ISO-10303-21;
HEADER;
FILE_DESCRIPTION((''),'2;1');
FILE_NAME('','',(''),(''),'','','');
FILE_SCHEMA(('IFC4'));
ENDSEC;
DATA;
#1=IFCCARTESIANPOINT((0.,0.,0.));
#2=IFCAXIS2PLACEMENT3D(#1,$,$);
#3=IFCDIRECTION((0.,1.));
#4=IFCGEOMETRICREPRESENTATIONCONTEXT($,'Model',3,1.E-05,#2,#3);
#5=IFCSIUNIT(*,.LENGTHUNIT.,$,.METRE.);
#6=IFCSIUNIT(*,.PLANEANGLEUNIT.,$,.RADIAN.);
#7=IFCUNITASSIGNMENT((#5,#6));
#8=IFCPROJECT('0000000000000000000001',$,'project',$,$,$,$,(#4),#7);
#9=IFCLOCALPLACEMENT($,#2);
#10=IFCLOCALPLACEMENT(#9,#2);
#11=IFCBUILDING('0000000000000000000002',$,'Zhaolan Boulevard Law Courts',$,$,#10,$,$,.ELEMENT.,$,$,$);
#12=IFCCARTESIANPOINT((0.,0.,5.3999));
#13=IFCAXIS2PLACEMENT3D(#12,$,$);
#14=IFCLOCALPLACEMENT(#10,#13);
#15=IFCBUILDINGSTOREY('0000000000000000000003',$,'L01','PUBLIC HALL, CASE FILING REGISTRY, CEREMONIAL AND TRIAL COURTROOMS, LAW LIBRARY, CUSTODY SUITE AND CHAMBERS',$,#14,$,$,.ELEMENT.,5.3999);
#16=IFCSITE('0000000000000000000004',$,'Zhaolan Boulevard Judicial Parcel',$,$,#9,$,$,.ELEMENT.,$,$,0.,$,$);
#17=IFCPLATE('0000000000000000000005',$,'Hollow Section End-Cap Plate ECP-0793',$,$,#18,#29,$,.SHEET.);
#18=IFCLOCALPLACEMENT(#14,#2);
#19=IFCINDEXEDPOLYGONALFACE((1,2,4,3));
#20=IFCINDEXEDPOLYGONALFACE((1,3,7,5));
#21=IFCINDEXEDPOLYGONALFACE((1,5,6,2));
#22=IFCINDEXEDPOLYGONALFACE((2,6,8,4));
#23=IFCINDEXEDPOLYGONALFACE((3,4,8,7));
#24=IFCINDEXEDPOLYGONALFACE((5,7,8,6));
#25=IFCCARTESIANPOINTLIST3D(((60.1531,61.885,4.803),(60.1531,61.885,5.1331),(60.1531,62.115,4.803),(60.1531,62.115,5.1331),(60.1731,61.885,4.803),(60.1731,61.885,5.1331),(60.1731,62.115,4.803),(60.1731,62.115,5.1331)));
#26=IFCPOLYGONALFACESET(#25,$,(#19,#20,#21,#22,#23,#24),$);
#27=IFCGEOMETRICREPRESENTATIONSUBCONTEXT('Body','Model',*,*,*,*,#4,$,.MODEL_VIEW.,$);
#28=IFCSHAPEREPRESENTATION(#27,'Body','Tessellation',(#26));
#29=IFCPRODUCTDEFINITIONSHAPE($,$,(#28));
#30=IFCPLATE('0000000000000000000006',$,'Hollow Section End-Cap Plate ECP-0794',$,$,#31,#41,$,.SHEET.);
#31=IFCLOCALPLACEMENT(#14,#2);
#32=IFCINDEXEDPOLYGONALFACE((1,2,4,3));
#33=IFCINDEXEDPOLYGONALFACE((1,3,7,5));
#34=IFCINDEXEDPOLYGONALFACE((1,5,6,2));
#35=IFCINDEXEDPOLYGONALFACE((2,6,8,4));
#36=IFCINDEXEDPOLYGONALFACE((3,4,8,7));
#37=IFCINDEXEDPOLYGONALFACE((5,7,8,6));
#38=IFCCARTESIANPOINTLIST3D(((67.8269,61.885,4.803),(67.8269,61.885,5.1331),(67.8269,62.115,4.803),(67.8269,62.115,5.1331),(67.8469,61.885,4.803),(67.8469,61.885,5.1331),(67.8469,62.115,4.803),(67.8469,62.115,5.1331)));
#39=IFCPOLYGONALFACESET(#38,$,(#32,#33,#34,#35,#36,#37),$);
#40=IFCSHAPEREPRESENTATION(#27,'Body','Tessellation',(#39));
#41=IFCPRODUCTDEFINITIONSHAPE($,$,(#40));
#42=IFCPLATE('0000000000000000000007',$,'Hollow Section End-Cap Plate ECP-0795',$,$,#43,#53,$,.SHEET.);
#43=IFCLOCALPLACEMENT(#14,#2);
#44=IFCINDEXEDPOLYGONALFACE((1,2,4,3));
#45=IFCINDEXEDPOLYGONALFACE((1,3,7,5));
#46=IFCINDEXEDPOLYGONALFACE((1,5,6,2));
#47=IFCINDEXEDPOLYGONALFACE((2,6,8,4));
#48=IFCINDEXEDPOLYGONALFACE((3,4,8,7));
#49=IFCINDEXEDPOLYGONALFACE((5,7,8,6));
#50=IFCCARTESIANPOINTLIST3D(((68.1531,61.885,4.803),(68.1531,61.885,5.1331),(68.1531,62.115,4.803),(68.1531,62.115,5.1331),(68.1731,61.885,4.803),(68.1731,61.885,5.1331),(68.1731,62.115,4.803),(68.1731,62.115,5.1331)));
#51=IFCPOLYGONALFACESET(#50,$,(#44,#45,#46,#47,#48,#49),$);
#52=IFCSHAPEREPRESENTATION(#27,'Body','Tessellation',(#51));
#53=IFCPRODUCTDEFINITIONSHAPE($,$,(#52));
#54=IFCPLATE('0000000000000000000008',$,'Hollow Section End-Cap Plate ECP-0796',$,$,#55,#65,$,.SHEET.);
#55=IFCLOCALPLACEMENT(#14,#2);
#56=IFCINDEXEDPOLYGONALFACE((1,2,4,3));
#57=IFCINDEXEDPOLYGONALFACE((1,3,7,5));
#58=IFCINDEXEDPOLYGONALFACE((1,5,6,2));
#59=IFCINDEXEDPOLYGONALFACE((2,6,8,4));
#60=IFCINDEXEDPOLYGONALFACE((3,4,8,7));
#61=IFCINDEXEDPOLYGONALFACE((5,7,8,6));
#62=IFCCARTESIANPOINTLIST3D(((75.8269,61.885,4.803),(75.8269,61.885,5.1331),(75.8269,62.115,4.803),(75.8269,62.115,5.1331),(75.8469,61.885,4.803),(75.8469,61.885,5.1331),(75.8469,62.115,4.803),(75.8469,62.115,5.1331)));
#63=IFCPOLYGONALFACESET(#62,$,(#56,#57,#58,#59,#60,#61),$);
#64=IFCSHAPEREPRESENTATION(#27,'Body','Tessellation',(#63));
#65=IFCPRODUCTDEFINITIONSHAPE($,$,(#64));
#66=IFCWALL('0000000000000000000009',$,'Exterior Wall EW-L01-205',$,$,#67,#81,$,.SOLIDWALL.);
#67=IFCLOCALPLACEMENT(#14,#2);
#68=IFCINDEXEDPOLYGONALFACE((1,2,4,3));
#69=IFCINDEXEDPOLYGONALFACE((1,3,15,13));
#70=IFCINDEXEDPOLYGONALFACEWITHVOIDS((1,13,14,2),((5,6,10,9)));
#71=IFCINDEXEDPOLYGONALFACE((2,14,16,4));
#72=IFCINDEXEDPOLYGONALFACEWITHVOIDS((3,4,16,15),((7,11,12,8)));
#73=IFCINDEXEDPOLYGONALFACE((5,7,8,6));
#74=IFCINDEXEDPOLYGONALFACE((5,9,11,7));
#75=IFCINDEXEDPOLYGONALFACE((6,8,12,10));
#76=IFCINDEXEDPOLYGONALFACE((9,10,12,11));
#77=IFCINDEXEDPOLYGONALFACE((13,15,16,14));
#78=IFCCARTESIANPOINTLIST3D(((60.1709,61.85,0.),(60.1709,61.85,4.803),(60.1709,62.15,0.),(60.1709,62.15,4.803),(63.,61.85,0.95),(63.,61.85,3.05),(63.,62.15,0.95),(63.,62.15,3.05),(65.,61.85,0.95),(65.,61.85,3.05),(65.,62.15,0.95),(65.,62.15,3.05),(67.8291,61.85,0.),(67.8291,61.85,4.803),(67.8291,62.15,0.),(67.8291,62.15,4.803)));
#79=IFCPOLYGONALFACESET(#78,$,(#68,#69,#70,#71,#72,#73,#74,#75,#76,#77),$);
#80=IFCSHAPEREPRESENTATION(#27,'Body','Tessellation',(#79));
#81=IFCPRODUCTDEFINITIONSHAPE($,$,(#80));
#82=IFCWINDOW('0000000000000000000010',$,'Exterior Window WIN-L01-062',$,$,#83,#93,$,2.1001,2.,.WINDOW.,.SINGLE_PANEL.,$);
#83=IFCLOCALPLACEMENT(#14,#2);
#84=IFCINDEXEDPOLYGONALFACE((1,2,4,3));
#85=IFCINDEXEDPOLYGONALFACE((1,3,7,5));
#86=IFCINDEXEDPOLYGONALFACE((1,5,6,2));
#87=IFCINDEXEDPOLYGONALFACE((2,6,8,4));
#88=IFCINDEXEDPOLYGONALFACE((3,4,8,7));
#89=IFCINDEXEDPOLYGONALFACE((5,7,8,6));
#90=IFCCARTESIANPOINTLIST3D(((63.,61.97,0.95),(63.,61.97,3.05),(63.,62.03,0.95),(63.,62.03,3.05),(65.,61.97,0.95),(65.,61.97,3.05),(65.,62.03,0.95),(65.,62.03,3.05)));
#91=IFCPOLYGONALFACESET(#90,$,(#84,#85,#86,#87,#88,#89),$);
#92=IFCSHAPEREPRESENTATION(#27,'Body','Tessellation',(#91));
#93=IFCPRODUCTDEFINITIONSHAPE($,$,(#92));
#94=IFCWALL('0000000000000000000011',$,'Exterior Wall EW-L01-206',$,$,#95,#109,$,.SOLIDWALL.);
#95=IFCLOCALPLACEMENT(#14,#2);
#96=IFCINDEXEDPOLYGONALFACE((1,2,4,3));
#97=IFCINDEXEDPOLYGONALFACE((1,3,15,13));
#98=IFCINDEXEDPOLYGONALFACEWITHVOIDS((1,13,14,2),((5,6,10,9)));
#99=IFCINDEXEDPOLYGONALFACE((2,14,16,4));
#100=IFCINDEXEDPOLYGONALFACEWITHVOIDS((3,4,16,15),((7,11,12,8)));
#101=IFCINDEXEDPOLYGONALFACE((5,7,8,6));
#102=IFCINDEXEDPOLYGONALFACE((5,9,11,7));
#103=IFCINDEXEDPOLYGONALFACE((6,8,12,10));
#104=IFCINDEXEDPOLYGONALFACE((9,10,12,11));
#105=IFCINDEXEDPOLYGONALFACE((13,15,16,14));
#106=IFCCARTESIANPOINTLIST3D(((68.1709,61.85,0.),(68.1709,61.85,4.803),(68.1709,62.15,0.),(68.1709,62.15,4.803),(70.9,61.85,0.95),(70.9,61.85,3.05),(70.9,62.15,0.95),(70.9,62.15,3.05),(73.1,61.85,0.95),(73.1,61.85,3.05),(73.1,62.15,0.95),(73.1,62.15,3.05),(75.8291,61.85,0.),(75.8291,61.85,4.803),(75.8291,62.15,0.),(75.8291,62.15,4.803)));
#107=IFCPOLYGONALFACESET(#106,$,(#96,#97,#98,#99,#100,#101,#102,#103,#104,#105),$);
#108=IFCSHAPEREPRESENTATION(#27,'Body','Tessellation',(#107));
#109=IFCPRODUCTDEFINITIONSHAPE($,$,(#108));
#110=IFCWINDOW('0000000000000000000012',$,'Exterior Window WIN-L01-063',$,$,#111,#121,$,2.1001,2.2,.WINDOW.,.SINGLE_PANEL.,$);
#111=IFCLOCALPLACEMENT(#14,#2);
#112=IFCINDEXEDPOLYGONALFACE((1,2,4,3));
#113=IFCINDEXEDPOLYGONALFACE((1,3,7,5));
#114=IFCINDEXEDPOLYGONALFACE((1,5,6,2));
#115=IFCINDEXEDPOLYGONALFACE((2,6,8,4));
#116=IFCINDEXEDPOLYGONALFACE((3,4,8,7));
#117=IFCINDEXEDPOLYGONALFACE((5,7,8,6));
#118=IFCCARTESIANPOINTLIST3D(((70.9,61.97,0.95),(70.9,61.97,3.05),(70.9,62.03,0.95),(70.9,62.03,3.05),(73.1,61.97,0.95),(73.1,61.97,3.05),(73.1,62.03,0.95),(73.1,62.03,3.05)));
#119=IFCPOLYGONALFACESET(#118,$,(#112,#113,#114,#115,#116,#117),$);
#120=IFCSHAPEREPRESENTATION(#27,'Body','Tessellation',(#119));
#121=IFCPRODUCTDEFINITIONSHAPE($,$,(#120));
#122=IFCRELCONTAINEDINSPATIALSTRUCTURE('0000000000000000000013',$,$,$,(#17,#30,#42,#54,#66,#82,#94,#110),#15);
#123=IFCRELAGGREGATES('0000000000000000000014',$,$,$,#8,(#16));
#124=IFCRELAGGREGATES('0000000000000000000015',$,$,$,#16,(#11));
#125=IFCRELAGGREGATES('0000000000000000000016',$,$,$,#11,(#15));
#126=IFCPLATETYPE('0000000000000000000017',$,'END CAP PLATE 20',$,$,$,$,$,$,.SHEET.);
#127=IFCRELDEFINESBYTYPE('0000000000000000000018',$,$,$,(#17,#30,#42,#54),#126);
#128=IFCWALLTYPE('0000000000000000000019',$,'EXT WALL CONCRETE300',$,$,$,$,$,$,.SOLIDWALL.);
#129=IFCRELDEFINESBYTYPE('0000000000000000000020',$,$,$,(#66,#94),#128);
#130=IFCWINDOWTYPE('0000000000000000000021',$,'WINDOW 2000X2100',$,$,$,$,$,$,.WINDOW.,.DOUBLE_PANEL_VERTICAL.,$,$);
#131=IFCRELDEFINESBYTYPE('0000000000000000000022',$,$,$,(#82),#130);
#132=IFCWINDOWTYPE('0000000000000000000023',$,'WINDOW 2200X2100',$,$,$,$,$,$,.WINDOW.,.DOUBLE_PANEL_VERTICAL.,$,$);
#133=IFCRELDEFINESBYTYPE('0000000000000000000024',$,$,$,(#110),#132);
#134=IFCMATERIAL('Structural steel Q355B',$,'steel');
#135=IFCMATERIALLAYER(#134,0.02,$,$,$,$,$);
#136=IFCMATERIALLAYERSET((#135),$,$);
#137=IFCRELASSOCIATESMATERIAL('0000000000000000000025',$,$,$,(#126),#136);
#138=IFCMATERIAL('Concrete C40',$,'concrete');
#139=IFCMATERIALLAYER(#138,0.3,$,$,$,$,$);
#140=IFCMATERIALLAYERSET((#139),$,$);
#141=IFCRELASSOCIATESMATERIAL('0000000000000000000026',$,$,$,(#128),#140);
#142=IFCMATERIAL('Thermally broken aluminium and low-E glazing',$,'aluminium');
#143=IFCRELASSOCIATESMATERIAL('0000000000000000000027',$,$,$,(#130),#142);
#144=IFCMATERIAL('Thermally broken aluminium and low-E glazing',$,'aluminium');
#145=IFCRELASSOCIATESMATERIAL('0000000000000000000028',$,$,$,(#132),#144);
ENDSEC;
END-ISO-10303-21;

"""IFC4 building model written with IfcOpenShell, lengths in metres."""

from ifc_helpers import new_model, si_unit, direction, frame, frame_2d, origin, origin_2d, place, context, subcontext, project, spatial, rectangle, extrude, material, layer, layer_set, type_object, element, fill, save


model = new_model("IFC4")

# Units and contexts
model_context = context("Model", 3, precision=1e-05, world=origin(), true_north=direction((0.0, 1.0)))
body_context = subcontext(model_context, "Body", "Model", "MODEL_VIEW")
ifc_project = project(units=[si_unit("LENGTHUNIT", "METRE"), si_unit("PLANEANGLEUNIT", "RADIAN")], contexts=[model_context])

# Site, building, storey
site_placement = place(None, origin())
site = spatial("IfcSite", under=ifc_project, at=site_placement, Name="Zhaolan Boulevard Judicial Parcel", CompositionType="ELEMENT", RefElevation=0.0)
building_placement = place(site_placement, origin())
building = spatial("IfcBuilding", under=site, at=building_placement, Name="Zhaolan Boulevard Law Courts", CompositionType="ELEMENT")
storey_placement = place(building_placement, frame((0.0, 0.0, 5.3999)))
storey = spatial("IfcBuildingStorey", under=building, at=storey_placement, Name="L01", Description="PUBLIC HALL, CASE FILING REGISTRY, CEREMONIAL AND TRIAL COURTROOMS, LAW LIBRARY, CUSTODY SUITE AND CHAMBERS", CompositionType="ELEMENT", Elevation=5.3999)

# Plates
ifc_material_1 = material(Name="Structural steel Q355B", Category="steel")
ifc_layer_1 = layer(ifc_material_1, 0.02)
ifc_layer_set_1 = layer_set([ifc_layer_1])
plate_type_1 = type_object("IfcPlateType", Name="END CAP PLATE 20", PredefinedType="SHEET", material=ifc_layer_set_1)
for number, where, z_axis, x_axis, name in (
    (1, (60.1631, 62.0, 4.803), (0.0, 0.0, 1.0), (1.0, 0.0, 0.0), "Hollow Section End-Cap Plate ECP-0793"),
    (2, (67.8369, 62.0, 4.803), (0.0, 0.0, 1.0), (1.0, 0.0, 0.0), "Hollow Section End-Cap Plate ECP-0794"),
    (3, (68.1631, 62.0, 4.803), (0.0, 0.0, 1.0), (1.0, 0.0, 0.0), "Hollow Section End-Cap Plate ECP-0795"),
    (4, (75.8369, 62.0, 4.803), (0.0, 0.0, 1.0), (1.0, 0.0, 0.0), "Hollow Section End-Cap Plate ECP-0796"),
):
    element("IfcPlate", number, at=place(storey_placement, frame(where, z_axis=z_axis, x_axis=x_axis)), inside=storey, type_object=plate_type_1, Name=name, PredefinedType="SHEET", context=body_context, shape_type="SweptSolid", body=[
        extrude(rectangle(XDim=0.02, YDim=0.23, at=origin_2d()), origin(), (0.0, 0.0, 1.0), 0.3301),
    ])

# Walls, openings, windows
ifc_material_2 = material(Name="Concrete C40", Category="concrete")
ifc_layer_2 = layer(ifc_material_2, 0.3)
ifc_layer_set_2 = layer_set([ifc_layer_2])
wall_type = type_object("IfcWallType", Name="EXT WALL CONCRETE300", PredefinedType="SOLIDWALL", material=ifc_layer_set_2)
wall_1_placement = place(storey_placement, frame((60.1709, 62.0, 0.0), z_axis=(0.0, 0.0, 1.0), x_axis=(1.0, 0.0, 0.0)))
wall_1 = element("IfcWall", 5, at=wall_1_placement, inside=storey, type_object=wall_type, Name="Exterior Wall EW-L01-205", PredefinedType="SOLIDWALL", context=body_context, shape_type="SweptSolid", body=[
    extrude(rectangle(XDim=7.6582, YDim=0.3, at=frame_2d((3.8291, 0.0))), origin(), (0.0, 0.0, 1.0), 4.803),
])
opening_1_placement = place(wall_1_placement, frame((2.8291, 0.0, 0.95)))
opening_1 = element("IfcOpeningElement", 6, at=opening_1_placement, cuts=wall_1, PredefinedType="OPENING", context=body_context, shape_type="SweptSolid", body=[
    extrude(rectangle(XDim=2.0, YDim=2.1001, at=frame_2d((1.0, 1.05))), frame((0.0, 0.1599, 0.0), z_axis=(0.0, -1.0, 0.0), x_axis=(1.0, 0.0, 0.0)), (0.0, 0.0, 1.0), 0.3201),
])
ifc_material_3 = material(Name="Thermally broken aluminium and low-E glazing", Category="aluminium")
window_type_1 = type_object("IfcWindowType", Name="WINDOW 2000X2100", PartitioningType="DOUBLE_PANEL_VERTICAL", PredefinedType="WINDOW", material=ifc_material_3)
window_1_placement = place(opening_1_placement, origin())
window_1 = element("IfcWindow", 7, at=window_1_placement, inside=storey, type_object=window_type_1, Name="Exterior Window WIN-L01-062", OverallHeight=2.1001, OverallWidth=2.0, PartitioningType="SINGLE_PANEL", PredefinedType="WINDOW", context=body_context, shape_type="SweptSolid", body=[
    extrude(rectangle(XDim=2.0, YDim=2.1001, at=frame_2d((1.0, 1.05))), frame((0.0, 0.03, 0.0), z_axis=(0.0, -1.0, 0.0), x_axis=(1.0, 0.0, 0.0)), (0.0, 0.0, 1.0), 0.0601),
])
fill(opening_1, window_1)
wall_2_placement = place(storey_placement, frame((68.1709, 62.0, 0.0), z_axis=(0.0, 0.0, 1.0), x_axis=(1.0, 0.0, 0.0)))
wall_2 = element("IfcWall", 8, at=wall_2_placement, inside=storey, type_object=wall_type, Name="Exterior Wall EW-L01-206", PredefinedType="SOLIDWALL", context=body_context, shape_type="SweptSolid", body=[
    extrude(rectangle(XDim=7.6582, YDim=0.3, at=frame_2d((3.8291, 0.0))), origin(), (0.0, 0.0, 1.0), 4.803),
])
opening_2_placement = place(wall_2_placement, frame((2.729, 0.0, 0.95)))
opening_2 = element("IfcOpeningElement", 9, at=opening_2_placement, cuts=wall_2, PredefinedType="OPENING", context=body_context, shape_type="SweptSolid", body=[
    extrude(rectangle(XDim=2.2, YDim=2.1001, at=frame_2d((1.1001, 1.05))), frame((0.0, 0.1599, 0.0), z_axis=(0.0, -1.0, 0.0), x_axis=(1.0, 0.0, 0.0)), (0.0, 0.0, 1.0), 0.3201),
])
ifc_material_4 = material(Name="Thermally broken aluminium and low-E glazing", Category="aluminium")
window_type_2 = type_object("IfcWindowType", Name="WINDOW 2200X2100", PartitioningType="DOUBLE_PANEL_VERTICAL", PredefinedType="WINDOW", material=ifc_material_4)
window_2_placement = place(opening_2_placement, origin())
window_2 = element("IfcWindow", 10, at=window_2_placement, inside=storey, type_object=window_type_2, Name="Exterior Window WIN-L01-063", OverallHeight=2.1001, OverallWidth=2.2, PartitioningType="SINGLE_PANEL", PredefinedType="WINDOW", context=body_context, shape_type="SweptSolid", body=[
    extrude(rectangle(XDim=2.2, YDim=2.1001, at=frame_2d((1.1001, 1.05))), frame((0.0, 0.03, 0.0), z_axis=(0.0, -1.0, 0.0), x_axis=(1.0, 0.0, 0.0)), (0.0, 0.0, 1.0), 0.0601),
])
fill(opening_2, window_2)

save(model, "model.ifc")
